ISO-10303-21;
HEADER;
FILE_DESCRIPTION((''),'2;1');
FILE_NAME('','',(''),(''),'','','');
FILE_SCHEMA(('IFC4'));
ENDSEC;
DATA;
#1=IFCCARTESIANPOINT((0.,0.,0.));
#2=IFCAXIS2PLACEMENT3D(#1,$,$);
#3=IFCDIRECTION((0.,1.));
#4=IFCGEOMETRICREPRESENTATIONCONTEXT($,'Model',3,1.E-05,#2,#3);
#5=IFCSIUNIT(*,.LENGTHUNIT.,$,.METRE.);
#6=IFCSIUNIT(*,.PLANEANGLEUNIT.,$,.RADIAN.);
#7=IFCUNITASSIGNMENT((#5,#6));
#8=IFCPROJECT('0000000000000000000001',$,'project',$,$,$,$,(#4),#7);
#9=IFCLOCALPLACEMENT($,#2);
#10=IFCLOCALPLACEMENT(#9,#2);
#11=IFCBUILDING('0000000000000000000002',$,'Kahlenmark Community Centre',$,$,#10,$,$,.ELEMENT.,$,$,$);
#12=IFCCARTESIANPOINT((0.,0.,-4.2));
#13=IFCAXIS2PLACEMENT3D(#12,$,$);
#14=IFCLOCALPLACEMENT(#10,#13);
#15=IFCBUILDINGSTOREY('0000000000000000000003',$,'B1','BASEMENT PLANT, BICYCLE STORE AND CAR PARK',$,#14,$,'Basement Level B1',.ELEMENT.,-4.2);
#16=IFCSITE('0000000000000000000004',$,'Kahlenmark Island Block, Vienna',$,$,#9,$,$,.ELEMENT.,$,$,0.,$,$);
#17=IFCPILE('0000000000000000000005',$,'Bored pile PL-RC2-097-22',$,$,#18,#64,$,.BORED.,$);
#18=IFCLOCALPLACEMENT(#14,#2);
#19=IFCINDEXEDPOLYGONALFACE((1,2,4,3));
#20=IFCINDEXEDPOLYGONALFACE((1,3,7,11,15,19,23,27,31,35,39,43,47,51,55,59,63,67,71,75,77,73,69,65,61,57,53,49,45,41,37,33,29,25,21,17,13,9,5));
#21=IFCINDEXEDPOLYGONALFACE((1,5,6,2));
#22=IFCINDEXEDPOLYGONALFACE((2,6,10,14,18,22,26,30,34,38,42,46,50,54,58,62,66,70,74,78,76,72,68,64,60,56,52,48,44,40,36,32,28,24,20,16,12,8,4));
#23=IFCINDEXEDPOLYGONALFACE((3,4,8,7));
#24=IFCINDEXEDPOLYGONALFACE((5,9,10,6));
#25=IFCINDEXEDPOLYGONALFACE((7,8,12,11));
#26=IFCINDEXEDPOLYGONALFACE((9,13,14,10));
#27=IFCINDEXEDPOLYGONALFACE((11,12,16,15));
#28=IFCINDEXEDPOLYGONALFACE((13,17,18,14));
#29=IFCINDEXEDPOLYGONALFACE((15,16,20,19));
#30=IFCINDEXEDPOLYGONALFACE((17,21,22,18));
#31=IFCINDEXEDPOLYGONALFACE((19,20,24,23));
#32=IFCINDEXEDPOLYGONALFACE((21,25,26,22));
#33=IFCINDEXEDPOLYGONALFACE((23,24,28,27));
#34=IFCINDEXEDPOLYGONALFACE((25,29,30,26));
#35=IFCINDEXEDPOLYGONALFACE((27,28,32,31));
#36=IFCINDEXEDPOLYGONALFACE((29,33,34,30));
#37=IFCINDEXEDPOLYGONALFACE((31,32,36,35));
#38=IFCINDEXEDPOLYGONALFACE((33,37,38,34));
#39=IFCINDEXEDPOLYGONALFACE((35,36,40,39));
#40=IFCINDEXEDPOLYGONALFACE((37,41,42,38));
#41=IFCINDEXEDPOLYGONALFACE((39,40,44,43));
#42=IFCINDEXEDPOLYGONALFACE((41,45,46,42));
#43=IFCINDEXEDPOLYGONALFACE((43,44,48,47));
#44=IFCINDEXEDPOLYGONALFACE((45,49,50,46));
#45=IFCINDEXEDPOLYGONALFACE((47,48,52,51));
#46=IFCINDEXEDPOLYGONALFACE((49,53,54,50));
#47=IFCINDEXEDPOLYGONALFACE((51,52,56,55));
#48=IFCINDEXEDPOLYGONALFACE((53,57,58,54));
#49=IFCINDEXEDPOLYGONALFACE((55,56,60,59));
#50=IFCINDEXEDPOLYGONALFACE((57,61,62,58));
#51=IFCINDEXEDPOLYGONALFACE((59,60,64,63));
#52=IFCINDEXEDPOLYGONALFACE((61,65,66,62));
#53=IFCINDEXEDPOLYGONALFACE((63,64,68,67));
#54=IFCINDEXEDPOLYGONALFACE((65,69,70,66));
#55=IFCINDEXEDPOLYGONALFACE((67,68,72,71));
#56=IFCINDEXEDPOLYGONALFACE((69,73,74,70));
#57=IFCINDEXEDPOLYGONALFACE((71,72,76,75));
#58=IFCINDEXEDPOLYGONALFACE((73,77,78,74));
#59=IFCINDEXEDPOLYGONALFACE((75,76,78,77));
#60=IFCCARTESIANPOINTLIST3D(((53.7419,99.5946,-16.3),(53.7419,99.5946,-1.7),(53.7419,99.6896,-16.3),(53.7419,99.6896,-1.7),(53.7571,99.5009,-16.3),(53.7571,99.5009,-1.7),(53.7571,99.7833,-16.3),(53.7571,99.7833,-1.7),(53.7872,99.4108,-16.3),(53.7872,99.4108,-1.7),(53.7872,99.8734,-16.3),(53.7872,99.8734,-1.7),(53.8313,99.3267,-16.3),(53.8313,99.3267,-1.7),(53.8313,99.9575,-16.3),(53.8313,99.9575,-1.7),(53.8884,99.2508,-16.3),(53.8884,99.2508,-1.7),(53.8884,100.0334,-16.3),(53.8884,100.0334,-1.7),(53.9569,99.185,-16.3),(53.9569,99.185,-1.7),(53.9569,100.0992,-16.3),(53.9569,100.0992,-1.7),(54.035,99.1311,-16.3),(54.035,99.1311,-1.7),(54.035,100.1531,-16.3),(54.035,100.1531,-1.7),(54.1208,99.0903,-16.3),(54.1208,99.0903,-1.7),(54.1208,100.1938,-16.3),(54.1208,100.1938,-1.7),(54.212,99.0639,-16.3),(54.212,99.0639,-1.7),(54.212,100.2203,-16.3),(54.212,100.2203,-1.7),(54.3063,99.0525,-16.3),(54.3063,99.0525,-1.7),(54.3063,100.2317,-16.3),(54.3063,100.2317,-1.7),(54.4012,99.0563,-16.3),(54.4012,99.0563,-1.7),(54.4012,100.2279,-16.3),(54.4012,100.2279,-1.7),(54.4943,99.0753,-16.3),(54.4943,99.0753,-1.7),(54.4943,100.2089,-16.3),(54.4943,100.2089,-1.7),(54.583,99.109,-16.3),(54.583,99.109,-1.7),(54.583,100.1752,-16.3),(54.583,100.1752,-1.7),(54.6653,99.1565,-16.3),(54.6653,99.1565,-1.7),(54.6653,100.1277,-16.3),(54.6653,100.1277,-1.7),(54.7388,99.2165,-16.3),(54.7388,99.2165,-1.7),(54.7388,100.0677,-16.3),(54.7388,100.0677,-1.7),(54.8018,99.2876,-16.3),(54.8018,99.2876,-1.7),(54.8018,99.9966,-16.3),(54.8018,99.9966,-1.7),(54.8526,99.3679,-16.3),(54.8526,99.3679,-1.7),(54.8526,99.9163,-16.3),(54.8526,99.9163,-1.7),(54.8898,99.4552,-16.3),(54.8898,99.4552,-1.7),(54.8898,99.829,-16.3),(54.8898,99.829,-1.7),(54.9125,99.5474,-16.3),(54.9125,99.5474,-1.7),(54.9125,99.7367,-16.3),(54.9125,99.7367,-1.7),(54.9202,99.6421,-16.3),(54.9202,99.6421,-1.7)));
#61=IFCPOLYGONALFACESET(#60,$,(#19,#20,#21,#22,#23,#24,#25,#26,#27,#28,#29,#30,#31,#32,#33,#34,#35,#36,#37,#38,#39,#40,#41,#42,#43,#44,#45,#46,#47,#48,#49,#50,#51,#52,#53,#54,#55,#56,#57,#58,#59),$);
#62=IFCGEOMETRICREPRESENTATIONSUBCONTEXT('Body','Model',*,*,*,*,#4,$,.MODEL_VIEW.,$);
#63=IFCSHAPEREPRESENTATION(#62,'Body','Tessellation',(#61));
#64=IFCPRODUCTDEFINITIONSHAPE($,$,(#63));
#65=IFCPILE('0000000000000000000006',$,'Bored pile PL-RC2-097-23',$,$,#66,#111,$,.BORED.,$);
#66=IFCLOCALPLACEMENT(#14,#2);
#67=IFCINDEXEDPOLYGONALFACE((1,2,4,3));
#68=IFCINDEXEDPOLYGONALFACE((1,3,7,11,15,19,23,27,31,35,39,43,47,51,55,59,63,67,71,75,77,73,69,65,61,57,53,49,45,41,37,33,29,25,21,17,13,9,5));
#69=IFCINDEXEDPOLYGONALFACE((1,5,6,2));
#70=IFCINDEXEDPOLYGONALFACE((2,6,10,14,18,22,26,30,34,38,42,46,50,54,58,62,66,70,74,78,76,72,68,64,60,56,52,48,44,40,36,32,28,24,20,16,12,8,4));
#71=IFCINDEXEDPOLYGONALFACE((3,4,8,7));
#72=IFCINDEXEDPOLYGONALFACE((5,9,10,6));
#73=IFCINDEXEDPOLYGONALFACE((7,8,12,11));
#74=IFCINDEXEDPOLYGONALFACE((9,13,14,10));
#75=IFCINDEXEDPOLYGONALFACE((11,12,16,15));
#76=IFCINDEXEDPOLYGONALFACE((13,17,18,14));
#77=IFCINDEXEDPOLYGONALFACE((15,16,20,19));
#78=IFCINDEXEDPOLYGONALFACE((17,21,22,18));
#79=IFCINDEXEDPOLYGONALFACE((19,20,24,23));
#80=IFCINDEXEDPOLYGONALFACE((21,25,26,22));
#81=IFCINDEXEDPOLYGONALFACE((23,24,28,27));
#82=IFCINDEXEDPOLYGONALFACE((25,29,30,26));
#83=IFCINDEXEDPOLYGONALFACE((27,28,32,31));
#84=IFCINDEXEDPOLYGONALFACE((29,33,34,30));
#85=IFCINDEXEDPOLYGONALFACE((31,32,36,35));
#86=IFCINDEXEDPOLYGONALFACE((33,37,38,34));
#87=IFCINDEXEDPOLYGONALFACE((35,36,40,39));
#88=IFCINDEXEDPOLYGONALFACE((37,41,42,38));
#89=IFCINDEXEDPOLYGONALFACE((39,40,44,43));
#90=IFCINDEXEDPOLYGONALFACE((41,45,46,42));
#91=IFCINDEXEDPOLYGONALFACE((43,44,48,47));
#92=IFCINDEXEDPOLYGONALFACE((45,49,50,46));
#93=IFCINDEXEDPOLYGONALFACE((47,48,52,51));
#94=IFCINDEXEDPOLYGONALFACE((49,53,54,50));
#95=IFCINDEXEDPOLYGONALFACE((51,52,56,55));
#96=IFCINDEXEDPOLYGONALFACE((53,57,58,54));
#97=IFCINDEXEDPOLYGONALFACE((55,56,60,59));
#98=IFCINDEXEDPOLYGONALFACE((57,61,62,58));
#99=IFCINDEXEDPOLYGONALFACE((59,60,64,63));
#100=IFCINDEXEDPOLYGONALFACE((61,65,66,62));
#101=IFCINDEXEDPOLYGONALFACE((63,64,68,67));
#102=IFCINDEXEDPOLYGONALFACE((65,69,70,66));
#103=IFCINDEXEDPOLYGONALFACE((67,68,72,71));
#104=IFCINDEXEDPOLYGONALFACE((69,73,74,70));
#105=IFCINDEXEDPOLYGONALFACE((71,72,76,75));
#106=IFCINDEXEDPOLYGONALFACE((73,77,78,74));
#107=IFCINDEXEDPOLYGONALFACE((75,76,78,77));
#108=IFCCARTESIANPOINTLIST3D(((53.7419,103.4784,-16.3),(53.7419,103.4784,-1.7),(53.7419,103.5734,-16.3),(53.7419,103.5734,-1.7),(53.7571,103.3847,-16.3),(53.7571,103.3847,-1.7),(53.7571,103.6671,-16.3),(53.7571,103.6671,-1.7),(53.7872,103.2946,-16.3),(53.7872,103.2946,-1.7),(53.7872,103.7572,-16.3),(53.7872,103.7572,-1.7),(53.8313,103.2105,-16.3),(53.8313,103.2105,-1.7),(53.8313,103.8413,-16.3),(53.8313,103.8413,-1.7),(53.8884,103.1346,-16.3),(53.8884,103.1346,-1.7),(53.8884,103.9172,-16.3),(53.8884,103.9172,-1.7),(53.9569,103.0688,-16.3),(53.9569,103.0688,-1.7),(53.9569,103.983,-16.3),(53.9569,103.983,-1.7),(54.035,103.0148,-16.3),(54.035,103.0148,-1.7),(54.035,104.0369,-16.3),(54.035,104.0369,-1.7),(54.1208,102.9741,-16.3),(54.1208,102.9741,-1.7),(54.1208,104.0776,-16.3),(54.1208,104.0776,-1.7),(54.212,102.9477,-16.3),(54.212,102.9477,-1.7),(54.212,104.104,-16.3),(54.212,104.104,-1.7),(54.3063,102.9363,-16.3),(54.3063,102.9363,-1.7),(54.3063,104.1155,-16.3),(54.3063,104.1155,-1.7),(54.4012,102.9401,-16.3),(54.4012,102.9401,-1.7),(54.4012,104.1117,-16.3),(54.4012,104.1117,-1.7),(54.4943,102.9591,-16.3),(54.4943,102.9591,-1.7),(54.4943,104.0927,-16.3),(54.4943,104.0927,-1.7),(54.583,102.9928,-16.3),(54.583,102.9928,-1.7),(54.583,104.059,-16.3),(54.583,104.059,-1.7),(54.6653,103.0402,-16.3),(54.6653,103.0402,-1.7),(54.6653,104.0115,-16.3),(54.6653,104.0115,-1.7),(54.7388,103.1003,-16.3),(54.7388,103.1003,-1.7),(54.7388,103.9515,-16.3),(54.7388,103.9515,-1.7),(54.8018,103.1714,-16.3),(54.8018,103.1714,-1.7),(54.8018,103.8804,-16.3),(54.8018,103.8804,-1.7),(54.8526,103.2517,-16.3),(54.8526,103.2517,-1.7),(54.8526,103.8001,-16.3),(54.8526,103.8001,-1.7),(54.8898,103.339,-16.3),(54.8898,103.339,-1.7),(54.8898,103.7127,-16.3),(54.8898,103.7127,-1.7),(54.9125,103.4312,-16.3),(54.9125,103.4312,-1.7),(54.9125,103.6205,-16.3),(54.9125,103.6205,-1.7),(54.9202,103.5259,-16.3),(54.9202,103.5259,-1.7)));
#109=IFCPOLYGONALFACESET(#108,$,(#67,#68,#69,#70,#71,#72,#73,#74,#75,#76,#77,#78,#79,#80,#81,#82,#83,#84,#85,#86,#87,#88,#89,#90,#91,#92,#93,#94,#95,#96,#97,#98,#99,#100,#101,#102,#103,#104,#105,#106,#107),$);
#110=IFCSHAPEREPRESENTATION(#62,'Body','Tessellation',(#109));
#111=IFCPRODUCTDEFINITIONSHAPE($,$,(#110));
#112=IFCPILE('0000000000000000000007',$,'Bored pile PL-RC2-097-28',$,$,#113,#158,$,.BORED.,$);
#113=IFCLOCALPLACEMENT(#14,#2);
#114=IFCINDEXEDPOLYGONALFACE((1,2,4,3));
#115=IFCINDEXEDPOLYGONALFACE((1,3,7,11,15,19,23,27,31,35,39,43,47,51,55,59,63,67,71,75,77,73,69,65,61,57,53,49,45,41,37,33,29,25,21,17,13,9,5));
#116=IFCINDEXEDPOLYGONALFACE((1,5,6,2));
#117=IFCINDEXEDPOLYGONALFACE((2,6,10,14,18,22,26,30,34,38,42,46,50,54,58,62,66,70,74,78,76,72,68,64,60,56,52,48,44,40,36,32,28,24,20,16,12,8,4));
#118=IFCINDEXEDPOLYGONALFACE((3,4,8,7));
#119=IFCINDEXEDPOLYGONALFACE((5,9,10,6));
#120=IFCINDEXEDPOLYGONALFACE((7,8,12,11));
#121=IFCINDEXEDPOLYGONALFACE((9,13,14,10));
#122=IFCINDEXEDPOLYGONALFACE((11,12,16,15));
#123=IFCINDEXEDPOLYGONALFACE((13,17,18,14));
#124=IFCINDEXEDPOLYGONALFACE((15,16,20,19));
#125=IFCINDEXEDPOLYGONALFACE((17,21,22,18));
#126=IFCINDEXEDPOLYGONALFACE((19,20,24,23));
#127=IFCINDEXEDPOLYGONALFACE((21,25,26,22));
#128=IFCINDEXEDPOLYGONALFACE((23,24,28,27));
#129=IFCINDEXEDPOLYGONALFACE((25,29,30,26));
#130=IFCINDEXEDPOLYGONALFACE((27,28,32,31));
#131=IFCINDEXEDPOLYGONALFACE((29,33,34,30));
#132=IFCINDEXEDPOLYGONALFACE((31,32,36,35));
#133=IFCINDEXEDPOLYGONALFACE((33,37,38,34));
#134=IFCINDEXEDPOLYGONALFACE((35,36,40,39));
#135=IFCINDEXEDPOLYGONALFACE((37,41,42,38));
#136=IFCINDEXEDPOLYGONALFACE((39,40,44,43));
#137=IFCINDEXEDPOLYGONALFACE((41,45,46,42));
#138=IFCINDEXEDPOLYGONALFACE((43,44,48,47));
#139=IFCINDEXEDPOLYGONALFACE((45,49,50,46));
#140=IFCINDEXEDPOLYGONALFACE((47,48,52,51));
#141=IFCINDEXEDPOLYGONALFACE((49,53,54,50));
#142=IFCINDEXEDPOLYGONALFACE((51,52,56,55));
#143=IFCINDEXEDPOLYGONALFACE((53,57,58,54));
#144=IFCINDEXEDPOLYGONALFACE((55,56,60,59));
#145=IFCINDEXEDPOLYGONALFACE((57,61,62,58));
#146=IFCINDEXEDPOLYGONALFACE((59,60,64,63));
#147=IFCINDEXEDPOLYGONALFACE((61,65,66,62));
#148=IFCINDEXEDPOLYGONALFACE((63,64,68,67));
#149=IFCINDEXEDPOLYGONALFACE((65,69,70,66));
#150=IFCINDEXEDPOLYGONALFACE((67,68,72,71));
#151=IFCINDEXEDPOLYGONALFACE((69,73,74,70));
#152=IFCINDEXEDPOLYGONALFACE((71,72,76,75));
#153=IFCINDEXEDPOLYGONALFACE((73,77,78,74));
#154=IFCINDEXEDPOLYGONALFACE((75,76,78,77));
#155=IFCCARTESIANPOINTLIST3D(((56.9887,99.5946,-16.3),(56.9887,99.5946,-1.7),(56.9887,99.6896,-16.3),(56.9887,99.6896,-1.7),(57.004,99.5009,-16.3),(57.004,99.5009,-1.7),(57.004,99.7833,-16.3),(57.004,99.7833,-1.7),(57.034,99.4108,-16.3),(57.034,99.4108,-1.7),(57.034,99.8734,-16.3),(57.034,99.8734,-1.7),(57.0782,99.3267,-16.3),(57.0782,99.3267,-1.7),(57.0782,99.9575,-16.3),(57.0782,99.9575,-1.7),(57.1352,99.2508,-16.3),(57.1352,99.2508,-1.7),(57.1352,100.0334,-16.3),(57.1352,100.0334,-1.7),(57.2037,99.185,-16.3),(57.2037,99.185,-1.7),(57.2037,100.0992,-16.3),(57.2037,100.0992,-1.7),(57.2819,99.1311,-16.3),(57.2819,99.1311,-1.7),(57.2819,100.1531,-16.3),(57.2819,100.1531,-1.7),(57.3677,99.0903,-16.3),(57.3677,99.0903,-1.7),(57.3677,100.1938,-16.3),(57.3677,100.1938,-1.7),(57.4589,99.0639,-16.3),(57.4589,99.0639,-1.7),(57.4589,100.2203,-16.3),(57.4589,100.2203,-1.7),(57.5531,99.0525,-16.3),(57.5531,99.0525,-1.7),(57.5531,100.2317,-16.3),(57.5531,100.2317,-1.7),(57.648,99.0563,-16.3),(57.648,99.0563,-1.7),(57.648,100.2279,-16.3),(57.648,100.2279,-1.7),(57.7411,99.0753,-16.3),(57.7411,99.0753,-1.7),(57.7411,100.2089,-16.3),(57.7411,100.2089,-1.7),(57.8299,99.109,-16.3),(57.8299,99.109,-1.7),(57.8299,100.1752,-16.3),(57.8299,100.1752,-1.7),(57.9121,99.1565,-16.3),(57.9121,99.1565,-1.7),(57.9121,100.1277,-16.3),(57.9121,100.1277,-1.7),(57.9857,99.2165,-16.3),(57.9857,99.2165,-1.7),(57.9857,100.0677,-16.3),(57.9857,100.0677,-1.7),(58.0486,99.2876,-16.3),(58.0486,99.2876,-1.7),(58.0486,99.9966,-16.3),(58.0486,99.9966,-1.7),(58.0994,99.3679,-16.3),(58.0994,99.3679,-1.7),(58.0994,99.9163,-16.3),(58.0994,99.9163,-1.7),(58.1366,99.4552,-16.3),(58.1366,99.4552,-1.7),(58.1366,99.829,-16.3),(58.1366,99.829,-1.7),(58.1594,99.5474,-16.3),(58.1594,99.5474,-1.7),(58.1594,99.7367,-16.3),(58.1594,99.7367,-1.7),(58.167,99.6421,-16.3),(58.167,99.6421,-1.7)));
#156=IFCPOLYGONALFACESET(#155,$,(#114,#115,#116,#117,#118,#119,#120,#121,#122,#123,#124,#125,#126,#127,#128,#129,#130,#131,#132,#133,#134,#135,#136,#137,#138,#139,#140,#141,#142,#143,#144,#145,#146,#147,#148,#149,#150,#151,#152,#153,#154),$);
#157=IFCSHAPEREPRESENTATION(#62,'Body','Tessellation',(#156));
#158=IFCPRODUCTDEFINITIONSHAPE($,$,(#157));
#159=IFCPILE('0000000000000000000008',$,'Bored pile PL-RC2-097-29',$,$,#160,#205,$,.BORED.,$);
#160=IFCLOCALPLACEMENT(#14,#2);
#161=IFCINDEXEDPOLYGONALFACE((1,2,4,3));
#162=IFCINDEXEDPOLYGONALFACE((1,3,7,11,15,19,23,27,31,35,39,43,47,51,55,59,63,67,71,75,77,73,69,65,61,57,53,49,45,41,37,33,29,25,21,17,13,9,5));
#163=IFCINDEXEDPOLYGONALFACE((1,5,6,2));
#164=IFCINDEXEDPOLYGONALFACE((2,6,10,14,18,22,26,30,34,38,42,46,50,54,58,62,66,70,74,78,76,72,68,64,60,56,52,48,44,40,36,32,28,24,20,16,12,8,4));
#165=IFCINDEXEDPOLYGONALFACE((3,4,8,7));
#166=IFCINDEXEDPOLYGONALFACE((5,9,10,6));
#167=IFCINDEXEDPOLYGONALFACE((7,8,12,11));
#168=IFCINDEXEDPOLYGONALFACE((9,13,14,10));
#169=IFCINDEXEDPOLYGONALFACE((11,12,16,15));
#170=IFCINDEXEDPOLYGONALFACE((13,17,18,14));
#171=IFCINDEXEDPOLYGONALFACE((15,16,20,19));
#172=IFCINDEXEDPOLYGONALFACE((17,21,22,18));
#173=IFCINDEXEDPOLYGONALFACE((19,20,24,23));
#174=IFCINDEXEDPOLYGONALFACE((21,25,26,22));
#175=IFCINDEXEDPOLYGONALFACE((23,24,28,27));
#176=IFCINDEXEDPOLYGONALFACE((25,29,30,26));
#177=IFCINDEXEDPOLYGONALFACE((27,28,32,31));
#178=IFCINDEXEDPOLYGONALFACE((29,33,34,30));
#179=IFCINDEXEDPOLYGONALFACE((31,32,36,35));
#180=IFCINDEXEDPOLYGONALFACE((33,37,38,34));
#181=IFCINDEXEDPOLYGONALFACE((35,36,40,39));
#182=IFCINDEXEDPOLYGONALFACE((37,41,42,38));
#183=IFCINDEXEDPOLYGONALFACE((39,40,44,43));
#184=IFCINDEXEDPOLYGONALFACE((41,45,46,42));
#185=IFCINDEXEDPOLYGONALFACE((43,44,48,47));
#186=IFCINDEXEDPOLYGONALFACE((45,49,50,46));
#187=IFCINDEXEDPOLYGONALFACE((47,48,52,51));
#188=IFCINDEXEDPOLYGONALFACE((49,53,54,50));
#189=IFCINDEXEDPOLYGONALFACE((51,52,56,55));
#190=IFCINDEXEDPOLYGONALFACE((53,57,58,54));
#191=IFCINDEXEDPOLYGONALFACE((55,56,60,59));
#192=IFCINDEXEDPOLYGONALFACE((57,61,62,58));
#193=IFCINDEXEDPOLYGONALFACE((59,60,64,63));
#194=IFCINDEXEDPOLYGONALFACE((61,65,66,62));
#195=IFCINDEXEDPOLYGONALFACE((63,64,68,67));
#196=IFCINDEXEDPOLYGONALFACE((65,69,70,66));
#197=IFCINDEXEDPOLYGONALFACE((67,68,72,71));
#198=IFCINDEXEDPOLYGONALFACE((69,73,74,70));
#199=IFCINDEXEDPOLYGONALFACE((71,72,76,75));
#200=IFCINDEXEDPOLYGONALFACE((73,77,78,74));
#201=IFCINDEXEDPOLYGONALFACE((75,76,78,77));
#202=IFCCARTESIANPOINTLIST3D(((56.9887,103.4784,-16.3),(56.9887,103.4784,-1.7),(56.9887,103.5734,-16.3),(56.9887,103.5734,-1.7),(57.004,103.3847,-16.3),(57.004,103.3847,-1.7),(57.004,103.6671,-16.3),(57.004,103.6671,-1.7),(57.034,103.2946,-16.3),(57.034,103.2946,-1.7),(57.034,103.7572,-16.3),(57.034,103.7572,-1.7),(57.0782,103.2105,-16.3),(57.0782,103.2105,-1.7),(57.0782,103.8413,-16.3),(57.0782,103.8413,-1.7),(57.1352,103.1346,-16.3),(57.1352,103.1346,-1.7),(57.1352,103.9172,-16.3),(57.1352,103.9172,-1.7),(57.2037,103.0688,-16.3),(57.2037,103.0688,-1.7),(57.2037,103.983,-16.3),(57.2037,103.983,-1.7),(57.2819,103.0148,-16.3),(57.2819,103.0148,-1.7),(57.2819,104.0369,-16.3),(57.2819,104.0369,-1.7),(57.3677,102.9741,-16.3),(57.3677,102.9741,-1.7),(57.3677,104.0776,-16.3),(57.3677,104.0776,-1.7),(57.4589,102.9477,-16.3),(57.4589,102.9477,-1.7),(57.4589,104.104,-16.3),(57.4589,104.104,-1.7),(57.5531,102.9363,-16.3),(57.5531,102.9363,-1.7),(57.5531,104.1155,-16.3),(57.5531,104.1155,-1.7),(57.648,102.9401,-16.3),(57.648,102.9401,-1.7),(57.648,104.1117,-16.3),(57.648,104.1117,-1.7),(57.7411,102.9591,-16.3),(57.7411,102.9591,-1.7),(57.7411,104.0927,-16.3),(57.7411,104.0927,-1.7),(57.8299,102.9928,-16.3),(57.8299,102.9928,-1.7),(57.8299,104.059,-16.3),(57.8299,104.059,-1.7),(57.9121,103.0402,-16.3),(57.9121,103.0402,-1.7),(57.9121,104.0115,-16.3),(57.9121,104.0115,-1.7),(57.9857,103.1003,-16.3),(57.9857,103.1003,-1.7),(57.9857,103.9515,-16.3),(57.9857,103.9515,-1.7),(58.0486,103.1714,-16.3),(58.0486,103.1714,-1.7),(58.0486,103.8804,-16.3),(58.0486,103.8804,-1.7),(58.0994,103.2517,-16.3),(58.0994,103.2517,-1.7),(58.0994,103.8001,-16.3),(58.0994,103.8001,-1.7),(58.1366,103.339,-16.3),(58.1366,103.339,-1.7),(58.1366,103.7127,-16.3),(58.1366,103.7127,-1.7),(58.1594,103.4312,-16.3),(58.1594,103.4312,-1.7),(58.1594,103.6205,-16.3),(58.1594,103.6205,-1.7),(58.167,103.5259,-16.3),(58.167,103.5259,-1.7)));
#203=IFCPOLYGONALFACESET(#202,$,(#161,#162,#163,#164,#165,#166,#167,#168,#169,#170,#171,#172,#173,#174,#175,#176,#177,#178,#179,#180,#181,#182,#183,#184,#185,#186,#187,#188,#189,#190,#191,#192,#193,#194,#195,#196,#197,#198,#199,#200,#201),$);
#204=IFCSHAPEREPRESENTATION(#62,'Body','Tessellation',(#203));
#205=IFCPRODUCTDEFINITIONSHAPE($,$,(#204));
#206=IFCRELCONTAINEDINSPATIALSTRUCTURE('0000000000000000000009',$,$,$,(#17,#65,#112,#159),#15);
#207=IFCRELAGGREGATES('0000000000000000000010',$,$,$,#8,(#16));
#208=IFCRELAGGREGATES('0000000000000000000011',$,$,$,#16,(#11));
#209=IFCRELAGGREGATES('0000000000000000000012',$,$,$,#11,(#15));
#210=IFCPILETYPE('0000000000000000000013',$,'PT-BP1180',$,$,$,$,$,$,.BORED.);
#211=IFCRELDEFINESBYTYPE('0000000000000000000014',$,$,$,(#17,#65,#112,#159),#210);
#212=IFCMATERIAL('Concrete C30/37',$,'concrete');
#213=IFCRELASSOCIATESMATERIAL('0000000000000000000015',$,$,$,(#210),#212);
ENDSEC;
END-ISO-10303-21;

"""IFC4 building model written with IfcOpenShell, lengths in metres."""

from ifc_helpers import new_model, si_unit, direction, frame, origin, origin_2d, place, context, subcontext, project, spatial, circle, extrude, material, material_profile, profile_set, type_object, element, save


model = new_model("IFC4")

# Units and contexts
model_context = context("Model", 3, precision=1e-05, world=origin(), true_north=direction((0.0, 1.0)))
body_context = subcontext(model_context, "Body", "Model", "MODEL_VIEW")
ifc_project = project(units=[si_unit("LENGTHUNIT", "METRE"), si_unit("PLANEANGLEUNIT", "RADIAN")], contexts=[model_context])

# Site, building, storey
site_placement = place(None, origin())
site = spatial("IfcSite", under=ifc_project, at=site_placement, Name="Kahlenmark Island Block, Vienna", CompositionType="ELEMENT", RefElevation=0.0)
building_placement = place(site_placement, origin())
building = spatial("IfcBuilding", under=site, at=building_placement, Name="Kahlenmark Community Centre", CompositionType="ELEMENT")
storey_placement = place(building_placement, frame((0.0, 0.0, -4.2)))
storey = spatial("IfcBuildingStorey", under=building, at=storey_placement, Name="B1", Description="BASEMENT PLANT, BICYCLE STORE AND CAR PARK", LongName="Basement Level B1", CompositionType="ELEMENT", Elevation=-4.2)

# Piles
ifc_material_1 = material(Name="Concrete C30/37", Category="concrete")
ifc_material_profile = material_profile(ifc_material_1, circle(Radius=0.5901, at=origin_2d()), Name="BORED PILE 1180")
ifc_profile_set = profile_set([ifc_material_profile], Name="Concrete C30/37")
pile_type = type_object("IfcPileType", Name="PT-BP1180", PredefinedType="BORED", material=ifc_profile_set)
for number, where, z_axis, x_axis, name in (
    (1, (54.3301, 99.6421, -1.7), (0.0, 0.0, -1.0), (1.0, 0.0, 0.0), "Bored pile PL-RC2-097-22"),
    (2, (54.3301, 103.5259, -1.7), (0.0, 0.0, -1.0), (1.0, 0.0, 0.0), "Bored pile PL-RC2-097-23"),
    (3, (57.5769, 99.6421, -1.7), (0.0, 0.0, -1.0), (1.0, 0.0, 0.0), "Bored pile PL-RC2-097-28"),
    (4, (57.5769, 103.5259, -1.7), (0.0, 0.0, -1.0), (1.0, 0.0, 0.0), "Bored pile PL-RC2-097-29"),
):
    element("IfcPile", number, at=place(storey_placement, frame(where, z_axis=z_axis, x_axis=x_axis)), inside=storey, type_object=pile_type, Name=name, PredefinedType="BORED", context=body_context, shape_type="SweptSolid", body=[
        extrude(circle(Radius=0.5901, at=origin_2d()), origin(), (0.0, 0.0, 1.0), 14.6001),
    ])

save(model, "model.ifc")
